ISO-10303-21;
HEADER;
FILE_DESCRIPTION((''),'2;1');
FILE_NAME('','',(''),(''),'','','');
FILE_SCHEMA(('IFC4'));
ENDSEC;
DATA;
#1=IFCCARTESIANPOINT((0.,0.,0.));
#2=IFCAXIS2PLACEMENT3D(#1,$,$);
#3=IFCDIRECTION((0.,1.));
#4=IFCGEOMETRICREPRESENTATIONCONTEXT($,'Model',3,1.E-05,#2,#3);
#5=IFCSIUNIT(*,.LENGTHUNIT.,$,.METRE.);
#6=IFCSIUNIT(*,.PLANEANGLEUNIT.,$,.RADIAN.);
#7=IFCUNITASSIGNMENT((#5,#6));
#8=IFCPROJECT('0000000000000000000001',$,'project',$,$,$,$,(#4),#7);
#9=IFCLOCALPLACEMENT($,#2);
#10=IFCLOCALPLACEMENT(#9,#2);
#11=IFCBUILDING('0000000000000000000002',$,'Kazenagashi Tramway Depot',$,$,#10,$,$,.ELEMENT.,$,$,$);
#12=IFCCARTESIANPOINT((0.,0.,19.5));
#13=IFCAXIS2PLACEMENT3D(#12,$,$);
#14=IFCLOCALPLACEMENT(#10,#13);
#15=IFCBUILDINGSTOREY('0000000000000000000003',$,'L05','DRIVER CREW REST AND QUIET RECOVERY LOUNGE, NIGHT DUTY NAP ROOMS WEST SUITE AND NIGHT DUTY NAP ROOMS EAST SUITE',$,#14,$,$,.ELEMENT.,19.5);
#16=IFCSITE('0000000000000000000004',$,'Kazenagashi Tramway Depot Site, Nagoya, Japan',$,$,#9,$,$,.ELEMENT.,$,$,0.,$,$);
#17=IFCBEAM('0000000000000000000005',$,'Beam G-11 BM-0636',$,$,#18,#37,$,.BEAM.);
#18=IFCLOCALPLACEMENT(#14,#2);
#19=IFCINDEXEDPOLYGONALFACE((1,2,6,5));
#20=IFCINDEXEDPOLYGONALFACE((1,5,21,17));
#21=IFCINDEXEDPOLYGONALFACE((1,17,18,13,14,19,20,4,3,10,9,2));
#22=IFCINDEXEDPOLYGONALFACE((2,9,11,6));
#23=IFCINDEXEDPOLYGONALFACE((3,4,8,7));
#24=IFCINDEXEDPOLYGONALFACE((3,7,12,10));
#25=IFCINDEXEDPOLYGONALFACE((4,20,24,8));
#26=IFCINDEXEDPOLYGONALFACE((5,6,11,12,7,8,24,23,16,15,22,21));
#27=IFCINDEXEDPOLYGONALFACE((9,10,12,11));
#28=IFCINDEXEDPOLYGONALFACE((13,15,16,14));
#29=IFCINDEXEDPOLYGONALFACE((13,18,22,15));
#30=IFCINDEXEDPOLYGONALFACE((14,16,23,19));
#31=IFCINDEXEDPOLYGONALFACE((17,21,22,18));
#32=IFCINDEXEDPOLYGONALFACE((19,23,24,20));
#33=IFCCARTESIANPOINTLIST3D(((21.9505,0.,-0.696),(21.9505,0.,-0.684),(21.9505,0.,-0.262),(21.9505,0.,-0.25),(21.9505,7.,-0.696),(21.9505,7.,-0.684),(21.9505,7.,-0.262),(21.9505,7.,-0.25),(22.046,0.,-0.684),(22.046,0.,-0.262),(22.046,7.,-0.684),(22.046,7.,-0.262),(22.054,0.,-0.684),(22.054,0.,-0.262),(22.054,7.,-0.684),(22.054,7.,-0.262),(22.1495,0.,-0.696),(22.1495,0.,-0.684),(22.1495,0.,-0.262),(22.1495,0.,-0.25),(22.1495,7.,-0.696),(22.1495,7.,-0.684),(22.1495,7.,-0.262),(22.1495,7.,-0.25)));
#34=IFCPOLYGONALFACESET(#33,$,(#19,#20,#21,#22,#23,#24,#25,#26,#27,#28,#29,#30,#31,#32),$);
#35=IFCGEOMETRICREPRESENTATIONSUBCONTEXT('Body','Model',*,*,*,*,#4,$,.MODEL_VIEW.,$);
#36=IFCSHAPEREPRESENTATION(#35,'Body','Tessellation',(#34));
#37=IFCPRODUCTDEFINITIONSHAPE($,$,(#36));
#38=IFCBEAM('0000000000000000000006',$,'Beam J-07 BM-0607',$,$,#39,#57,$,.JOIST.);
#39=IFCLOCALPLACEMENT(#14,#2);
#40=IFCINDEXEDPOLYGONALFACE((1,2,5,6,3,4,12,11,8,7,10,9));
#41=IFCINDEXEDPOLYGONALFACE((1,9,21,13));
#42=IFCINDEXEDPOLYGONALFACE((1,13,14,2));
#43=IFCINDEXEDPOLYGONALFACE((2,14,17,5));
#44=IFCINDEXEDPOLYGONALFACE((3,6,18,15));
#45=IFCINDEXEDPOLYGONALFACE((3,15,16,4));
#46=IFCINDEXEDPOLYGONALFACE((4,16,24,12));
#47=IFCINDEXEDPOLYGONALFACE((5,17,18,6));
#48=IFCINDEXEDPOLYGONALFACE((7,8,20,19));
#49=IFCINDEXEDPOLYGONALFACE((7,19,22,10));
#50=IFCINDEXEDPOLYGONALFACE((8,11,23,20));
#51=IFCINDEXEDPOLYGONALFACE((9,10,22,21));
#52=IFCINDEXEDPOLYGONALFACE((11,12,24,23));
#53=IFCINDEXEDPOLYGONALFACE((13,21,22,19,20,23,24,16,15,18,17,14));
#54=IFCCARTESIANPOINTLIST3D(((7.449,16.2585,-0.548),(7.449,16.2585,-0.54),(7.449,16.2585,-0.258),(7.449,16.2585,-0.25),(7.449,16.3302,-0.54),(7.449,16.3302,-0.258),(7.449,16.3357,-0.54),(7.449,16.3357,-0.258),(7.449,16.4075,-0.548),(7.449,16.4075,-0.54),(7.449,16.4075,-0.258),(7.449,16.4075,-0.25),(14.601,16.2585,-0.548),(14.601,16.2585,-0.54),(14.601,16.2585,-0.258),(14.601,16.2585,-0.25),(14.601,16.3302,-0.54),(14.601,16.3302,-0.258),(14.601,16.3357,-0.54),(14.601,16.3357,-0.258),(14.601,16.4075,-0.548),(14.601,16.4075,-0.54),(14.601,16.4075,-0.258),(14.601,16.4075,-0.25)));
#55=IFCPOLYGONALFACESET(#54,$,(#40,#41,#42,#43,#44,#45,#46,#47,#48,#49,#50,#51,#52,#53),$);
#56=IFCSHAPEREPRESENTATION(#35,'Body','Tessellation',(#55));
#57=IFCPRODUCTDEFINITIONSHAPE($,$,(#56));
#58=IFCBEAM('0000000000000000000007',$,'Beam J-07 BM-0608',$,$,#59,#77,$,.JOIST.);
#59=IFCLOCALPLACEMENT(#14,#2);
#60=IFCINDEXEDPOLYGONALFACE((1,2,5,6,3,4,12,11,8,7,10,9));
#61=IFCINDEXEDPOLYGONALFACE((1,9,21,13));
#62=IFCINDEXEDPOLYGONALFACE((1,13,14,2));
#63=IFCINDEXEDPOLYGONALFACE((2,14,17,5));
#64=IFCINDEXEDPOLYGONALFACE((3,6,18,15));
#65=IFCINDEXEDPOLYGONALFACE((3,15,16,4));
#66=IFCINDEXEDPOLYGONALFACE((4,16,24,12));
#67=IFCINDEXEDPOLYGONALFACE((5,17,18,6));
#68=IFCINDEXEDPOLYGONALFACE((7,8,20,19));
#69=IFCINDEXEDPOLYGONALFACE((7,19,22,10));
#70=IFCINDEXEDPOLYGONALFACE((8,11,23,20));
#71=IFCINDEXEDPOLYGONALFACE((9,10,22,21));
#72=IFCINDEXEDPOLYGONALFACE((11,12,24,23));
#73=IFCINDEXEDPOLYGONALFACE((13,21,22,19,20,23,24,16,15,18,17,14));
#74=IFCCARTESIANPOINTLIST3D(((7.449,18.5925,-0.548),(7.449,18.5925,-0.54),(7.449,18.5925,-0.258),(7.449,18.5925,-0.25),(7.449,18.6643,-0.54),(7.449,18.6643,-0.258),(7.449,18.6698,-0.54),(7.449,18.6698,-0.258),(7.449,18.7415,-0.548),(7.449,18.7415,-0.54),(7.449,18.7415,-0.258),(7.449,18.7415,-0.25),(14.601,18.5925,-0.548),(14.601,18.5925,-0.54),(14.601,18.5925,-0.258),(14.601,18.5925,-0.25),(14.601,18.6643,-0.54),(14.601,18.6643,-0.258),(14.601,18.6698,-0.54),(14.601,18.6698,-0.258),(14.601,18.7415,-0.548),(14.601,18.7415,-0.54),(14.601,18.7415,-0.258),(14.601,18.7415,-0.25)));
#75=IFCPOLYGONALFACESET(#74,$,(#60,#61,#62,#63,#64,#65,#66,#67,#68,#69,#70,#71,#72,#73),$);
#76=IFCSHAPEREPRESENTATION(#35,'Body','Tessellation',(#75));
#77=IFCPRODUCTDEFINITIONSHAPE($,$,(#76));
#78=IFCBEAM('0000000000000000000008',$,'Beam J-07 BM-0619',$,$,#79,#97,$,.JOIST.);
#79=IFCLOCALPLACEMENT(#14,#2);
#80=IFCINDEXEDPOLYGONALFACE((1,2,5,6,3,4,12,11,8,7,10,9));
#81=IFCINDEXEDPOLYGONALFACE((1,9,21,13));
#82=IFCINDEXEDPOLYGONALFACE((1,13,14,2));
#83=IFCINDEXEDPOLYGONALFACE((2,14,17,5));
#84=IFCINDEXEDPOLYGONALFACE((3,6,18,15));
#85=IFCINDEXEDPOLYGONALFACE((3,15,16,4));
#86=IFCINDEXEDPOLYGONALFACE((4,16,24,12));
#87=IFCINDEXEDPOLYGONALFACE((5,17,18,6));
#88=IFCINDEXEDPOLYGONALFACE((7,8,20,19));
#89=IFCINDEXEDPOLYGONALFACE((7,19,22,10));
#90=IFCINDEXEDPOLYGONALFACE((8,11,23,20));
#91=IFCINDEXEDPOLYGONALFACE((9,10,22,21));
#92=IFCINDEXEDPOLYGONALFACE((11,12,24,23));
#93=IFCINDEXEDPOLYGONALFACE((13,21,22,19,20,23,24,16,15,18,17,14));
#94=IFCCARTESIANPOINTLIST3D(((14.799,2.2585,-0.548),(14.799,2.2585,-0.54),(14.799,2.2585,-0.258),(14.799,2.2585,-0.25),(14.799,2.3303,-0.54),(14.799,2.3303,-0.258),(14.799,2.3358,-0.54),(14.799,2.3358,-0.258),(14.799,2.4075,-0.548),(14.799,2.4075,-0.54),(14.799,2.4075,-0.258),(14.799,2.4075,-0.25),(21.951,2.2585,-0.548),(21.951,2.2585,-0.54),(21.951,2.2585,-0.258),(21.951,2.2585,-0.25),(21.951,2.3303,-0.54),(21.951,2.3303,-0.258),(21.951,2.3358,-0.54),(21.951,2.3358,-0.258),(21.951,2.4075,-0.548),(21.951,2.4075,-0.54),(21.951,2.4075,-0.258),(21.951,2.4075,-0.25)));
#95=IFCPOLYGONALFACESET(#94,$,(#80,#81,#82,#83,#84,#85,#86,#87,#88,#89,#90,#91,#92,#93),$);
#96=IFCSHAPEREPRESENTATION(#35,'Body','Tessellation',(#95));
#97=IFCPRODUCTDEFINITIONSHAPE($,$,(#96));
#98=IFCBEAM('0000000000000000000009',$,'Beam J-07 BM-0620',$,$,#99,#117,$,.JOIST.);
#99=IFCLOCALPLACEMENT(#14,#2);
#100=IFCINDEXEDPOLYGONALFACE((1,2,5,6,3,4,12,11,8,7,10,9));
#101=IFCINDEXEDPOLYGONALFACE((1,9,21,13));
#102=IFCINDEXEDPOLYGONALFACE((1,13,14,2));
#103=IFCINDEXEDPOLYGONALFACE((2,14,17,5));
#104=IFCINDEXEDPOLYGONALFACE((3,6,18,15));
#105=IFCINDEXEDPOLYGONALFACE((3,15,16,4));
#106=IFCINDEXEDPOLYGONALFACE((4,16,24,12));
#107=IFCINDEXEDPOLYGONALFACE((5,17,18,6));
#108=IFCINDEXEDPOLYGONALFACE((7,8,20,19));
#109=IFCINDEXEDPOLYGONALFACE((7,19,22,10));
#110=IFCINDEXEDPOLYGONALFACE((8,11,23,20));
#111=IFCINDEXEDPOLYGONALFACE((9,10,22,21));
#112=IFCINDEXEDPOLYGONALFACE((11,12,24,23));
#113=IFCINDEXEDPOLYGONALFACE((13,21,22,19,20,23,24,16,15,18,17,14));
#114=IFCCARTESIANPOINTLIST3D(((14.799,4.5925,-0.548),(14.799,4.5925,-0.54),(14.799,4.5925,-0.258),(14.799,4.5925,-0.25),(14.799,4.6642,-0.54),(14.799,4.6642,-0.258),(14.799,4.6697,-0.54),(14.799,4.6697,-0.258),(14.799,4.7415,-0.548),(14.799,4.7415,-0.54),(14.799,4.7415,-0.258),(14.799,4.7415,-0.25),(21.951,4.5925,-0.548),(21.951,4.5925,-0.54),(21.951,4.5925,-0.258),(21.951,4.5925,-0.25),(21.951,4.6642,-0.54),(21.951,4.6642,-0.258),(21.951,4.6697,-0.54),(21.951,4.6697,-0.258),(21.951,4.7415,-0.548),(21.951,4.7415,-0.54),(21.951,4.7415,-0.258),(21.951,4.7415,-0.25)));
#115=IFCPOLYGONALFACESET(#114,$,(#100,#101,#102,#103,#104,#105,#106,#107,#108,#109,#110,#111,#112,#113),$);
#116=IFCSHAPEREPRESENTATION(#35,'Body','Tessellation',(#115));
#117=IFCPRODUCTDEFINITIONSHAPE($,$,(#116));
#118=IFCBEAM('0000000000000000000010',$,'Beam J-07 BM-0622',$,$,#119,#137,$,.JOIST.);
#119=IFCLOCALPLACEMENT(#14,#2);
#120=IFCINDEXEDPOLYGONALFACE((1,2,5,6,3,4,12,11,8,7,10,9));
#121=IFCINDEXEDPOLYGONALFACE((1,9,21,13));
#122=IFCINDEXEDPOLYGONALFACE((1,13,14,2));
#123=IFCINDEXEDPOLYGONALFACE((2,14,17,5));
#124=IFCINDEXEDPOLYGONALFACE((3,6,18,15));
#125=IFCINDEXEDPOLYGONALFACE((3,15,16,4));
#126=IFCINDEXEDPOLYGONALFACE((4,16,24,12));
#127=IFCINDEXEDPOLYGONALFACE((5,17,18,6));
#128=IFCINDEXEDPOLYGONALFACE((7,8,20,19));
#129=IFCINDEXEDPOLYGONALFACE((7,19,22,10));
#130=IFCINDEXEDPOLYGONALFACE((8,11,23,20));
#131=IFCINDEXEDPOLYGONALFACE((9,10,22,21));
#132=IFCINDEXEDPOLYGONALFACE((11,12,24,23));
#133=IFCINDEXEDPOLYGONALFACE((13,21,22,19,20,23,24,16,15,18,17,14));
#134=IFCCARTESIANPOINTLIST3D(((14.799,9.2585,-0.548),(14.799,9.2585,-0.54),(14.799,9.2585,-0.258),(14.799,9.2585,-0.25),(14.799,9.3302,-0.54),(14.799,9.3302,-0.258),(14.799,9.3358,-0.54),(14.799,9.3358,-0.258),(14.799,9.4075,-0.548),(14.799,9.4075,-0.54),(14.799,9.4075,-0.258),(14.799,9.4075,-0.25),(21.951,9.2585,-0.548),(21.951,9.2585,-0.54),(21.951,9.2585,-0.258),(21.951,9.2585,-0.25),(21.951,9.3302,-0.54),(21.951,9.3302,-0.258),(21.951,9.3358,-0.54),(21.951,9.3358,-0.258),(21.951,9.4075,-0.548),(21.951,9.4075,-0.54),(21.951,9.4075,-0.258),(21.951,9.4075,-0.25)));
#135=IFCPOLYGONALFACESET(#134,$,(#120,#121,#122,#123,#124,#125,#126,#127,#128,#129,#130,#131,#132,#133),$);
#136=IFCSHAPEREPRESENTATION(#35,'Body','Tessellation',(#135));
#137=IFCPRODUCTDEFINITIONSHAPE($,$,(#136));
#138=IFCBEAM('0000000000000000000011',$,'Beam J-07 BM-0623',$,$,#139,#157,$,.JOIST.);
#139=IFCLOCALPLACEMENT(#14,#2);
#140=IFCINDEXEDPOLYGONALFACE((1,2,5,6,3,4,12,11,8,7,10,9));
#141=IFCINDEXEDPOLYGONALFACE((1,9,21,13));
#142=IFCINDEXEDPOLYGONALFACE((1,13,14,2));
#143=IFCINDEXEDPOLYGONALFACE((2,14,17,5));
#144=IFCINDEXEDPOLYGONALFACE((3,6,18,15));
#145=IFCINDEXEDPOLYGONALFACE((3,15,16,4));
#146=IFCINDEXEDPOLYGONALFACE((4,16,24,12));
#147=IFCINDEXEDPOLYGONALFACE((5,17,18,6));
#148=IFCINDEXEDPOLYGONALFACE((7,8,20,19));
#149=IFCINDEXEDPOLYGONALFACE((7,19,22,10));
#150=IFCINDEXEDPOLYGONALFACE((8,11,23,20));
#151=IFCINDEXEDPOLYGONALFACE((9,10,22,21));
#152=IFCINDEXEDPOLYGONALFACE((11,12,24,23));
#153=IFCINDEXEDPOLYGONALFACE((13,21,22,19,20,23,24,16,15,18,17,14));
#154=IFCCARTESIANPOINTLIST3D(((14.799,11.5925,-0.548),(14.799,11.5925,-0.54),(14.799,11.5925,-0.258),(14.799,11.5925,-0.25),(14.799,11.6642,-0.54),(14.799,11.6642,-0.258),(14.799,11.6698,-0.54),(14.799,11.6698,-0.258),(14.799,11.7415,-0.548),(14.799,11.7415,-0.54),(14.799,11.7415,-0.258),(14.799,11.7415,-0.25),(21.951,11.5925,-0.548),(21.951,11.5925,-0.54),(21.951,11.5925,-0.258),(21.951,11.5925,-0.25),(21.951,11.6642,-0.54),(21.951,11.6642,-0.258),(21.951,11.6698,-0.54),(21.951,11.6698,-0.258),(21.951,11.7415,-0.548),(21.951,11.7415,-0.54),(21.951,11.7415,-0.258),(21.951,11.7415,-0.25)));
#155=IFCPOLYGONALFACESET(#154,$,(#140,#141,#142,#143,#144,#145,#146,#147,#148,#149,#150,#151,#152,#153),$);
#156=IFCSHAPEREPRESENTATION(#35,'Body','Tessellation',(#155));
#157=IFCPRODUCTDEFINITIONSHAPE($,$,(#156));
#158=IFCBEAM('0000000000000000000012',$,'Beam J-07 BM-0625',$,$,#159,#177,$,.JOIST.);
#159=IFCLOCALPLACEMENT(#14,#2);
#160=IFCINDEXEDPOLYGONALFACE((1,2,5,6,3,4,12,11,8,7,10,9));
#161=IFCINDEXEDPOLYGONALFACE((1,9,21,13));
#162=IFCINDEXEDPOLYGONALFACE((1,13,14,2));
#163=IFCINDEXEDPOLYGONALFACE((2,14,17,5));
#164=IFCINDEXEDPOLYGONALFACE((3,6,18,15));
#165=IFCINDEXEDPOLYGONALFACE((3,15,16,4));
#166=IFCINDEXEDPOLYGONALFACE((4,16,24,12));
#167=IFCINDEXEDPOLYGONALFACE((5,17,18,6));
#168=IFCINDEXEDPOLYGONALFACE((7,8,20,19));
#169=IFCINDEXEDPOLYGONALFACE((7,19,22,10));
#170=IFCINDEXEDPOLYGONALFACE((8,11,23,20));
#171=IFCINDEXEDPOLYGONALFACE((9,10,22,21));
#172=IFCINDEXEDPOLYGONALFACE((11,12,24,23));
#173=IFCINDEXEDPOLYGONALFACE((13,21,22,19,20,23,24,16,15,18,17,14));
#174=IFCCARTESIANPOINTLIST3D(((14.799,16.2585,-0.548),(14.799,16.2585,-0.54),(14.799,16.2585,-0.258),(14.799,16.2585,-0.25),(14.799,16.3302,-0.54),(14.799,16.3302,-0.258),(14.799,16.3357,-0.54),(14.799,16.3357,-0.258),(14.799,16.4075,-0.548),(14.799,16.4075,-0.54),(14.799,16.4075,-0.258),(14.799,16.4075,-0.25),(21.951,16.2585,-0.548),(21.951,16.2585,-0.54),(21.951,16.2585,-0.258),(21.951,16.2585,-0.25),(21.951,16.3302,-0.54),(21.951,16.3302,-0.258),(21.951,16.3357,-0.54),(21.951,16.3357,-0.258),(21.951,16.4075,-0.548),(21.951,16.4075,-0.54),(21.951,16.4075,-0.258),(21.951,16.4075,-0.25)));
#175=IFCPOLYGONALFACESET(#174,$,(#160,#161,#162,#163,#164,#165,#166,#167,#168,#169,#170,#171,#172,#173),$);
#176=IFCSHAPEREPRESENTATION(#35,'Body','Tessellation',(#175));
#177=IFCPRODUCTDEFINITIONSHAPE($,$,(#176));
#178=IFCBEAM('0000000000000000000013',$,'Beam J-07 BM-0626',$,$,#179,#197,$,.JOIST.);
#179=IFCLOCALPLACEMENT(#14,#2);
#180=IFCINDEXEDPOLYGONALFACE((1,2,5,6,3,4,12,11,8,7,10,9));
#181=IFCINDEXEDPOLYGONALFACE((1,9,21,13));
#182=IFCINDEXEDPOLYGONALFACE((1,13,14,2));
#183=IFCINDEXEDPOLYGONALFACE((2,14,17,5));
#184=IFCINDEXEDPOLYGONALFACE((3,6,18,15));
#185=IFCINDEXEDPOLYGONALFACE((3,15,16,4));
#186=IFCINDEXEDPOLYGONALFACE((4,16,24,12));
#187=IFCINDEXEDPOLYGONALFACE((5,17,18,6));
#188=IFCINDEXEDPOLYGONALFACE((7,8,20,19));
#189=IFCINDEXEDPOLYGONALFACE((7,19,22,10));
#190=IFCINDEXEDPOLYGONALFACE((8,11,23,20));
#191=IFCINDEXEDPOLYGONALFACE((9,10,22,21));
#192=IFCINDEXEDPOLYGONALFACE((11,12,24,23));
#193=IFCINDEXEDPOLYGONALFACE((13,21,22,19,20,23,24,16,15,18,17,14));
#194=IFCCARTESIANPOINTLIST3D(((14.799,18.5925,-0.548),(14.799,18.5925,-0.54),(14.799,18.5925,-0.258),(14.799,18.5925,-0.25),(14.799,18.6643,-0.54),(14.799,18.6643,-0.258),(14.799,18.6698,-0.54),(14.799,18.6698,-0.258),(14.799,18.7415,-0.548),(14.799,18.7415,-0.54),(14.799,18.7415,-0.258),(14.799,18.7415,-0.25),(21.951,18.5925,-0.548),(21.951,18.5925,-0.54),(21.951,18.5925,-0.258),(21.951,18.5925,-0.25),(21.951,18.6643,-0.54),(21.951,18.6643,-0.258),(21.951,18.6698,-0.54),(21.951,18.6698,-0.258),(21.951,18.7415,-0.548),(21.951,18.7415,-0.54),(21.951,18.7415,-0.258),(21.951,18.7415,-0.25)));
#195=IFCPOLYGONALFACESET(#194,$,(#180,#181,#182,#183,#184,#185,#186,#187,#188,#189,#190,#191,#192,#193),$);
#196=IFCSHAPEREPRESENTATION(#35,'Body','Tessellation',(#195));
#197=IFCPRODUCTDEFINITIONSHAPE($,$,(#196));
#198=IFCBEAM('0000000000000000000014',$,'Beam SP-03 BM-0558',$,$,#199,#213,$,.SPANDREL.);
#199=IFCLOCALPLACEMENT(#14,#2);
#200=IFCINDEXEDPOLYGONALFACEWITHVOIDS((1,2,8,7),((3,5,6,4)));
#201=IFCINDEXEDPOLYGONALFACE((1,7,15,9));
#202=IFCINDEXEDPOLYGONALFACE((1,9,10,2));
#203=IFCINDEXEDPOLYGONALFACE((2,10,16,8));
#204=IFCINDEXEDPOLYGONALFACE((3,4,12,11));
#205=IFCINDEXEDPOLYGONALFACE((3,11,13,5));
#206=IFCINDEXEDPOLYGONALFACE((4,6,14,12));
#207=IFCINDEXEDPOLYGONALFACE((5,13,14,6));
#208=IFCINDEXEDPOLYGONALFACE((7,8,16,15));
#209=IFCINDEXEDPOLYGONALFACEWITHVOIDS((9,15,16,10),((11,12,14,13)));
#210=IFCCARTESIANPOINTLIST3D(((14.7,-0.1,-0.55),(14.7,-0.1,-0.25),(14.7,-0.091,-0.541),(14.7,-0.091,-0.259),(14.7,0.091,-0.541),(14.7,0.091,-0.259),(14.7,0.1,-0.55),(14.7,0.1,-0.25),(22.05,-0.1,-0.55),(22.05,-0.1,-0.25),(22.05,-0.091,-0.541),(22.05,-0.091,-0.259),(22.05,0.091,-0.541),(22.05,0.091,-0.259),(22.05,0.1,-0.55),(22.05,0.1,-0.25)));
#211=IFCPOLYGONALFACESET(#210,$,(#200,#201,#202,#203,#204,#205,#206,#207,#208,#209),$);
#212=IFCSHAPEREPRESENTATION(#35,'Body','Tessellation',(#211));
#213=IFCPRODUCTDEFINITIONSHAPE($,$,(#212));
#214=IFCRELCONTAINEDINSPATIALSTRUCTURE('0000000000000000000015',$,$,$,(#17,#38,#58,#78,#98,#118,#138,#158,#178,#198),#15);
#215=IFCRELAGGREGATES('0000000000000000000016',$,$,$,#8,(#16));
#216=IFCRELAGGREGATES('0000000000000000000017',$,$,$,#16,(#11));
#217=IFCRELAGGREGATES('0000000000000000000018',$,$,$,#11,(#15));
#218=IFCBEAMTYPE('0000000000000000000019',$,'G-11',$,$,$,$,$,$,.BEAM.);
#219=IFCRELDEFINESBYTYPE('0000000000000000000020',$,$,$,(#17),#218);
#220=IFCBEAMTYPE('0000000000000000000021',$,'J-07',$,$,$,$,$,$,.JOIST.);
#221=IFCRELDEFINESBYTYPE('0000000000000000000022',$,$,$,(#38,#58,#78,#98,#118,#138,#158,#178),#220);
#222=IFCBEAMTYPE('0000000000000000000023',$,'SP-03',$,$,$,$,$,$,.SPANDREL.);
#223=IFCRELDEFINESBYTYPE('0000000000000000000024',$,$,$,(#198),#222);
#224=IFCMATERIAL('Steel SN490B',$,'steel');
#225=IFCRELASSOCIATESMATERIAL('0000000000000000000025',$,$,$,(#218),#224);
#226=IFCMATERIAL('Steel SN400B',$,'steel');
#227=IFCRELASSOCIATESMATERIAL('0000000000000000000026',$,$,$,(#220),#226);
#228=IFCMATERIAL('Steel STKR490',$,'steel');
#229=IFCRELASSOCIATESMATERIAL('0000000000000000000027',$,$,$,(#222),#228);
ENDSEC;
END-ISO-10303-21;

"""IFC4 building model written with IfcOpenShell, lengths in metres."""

from ifc_helpers import new_model, si_unit, direction, frame, origin, origin_2d, place, context, subcontext, project, spatial, hollow_rectangle, i_section, extrude, material, material_profile, profile_set, type_object, element, save


model = new_model("IFC4")

# Units and contexts
model_context = context("Model", 3, precision=1e-05, world=origin(), true_north=direction((0.0, 1.0)))
body_context = subcontext(model_context, "Body", "Model", "MODEL_VIEW")
ifc_project = project(units=[si_unit("LENGTHUNIT", "METRE"), si_unit("PLANEANGLEUNIT", "RADIAN")], contexts=[model_context])

# Site, building, storey
site_placement = place(None, origin())
site = spatial("IfcSite", under=ifc_project, at=site_placement, Name="Kazenagashi Tramway Depot Site, Nagoya, Japan", CompositionType="ELEMENT", RefElevation=0.0)
building_placement = place(site_placement, origin())
building = spatial("IfcBuilding", under=site, at=building_placement, Name="Kazenagashi Tramway Depot", CompositionType="ELEMENT")
storey_placement = place(building_placement, frame((0.0, 0.0, 19.5)))
storey = spatial("IfcBuildingStorey", under=building, at=storey_placement, Name="L05", Description="DRIVER CREW REST AND QUIET RECOVERY LOUNGE, NIGHT DUTY NAP ROOMS WEST SUITE AND NIGHT DUTY NAP ROOMS EAST SUITE", CompositionType="ELEMENT", Elevation=19.5)

# Shared definitions
ifc_material_1 = material(Name="Steel SN400B", Category="steel")

# Beams
ifc_material_2 = material(Name="Steel SN490B", Category="steel")
ifc_material_profile_1 = material_profile(ifc_material_2, i_section(OverallWidth=0.199, OverallDepth=0.446, WebThickness=0.008, FlangeThickness=0.012, at=origin_2d()), Name="H-446x199x8x12")
ifc_profile_set_1 = profile_set([ifc_material_profile_1], Name="Steel SN490B")
beam_type_1 = type_object("IfcBeamType", Name="G-11", PredefinedType="BEAM", material=ifc_profile_set_1)
for number, where, z_axis, x_axis, name in (
    (1, (22.05, 0.0, -0.473), (0.0, 1.0, 0.0), (-1.0, 0.0, 0.0), "Beam G-11 BM-0636"),
):
    element("IfcBeam", number, at=place(storey_placement, frame(where, z_axis=z_axis, x_axis=x_axis)), inside=storey, type_object=beam_type_1, Name=name, PredefinedType="BEAM", context=body_context, shape_type="SweptSolid", body=[
        extrude(i_section(OverallWidth=0.199, OverallDepth=0.446, WebThickness=0.008, FlangeThickness=0.012, at=origin_2d()), origin(), (0.0, 0.0, 1.0), 7.0),
    ])
ifc_material_profile_2 = material_profile(ifc_material_1, i_section(OverallWidth=0.149, OverallDepth=0.298, WebThickness=0.0055, FlangeThickness=0.008, at=origin_2d()), Name="H-298x149x5.5x8")
ifc_profile_set_2 = profile_set([ifc_material_profile_2], Name="Steel SN400B")
beam_type_2 = type_object("IfcBeamType", Name="J-07", PredefinedType="JOIST", material=ifc_profile_set_2)
for number, where, z_axis, x_axis, name in (
    (2, (7.449, 16.333, -0.399), (1.0, 0.0, 0.0), (0.0, 1.0, 0.0), "Beam J-07 BM-0607"),
    (3, (7.449, 18.667, -0.399), (1.0, 0.0, 0.0), (0.0, 1.0, 0.0), "Beam J-07 BM-0608"),
    (4, (14.799, 2.333, -0.399), (1.0, 0.0, 0.0), (0.0, 1.0, 0.0), "Beam J-07 BM-0619"),
    (5, (14.799, 4.667, -0.399), (1.0, 0.0, 0.0), (0.0, 1.0, 0.0), "Beam J-07 BM-0620"),
    (6, (14.799, 9.333, -0.399), (1.0, 0.0, 0.0), (0.0, 1.0, 0.0), "Beam J-07 BM-0622"),
    (7, (14.799, 11.667, -0.399), (1.0, 0.0, 0.0), (0.0, 1.0, 0.0), "Beam J-07 BM-0623"),
    (8, (14.799, 16.333, -0.399), (1.0, 0.0, 0.0), (0.0, 1.0, 0.0), "Beam J-07 BM-0625"),
    (9, (14.799, 18.667, -0.399), (1.0, 0.0, 0.0), (0.0, 1.0, 0.0), "Beam J-07 BM-0626"),
):
    element("IfcBeam", number, at=place(storey_placement, frame(where, z_axis=z_axis, x_axis=x_axis)), inside=storey, type_object=beam_type_2, Name=name, PredefinedType="JOIST", context=body_context, shape_type="SweptSolid", body=[
        extrude(i_section(OverallWidth=0.149, OverallDepth=0.298, WebThickness=0.0055, FlangeThickness=0.008, at=origin_2d()), origin(), (0.0, 0.0, 1.0), 7.152),
    ])
ifc_material_3 = material(Name="Steel STKR490", Category="steel")
ifc_material_profile_3 = material_profile(ifc_material_3, hollow_rectangle(XDim=0.2, YDim=0.3, WallThickness=0.009, at=origin_2d()), Name="RHS-300x200x9")
ifc_profile_set_3 = profile_set([ifc_material_profile_3], Name="Steel STKR490")
beam_type_3 = type_object("IfcBeamType", Name="SP-03", PredefinedType="SPANDREL", material=ifc_profile_set_3)
for number, where, z_axis, x_axis, name in (
    (10, (14.7, 0.0, -0.4), (1.0, 0.0, 0.0), (0.0, 1.0, 0.0), "Beam SP-03 BM-0558"),
):
    element("IfcBeam", number, at=place(storey_placement, frame(where, z_axis=z_axis, x_axis=x_axis)), inside=storey, type_object=beam_type_3, Name=name, PredefinedType="SPANDREL", context=body_context, shape_type="SweptSolid", body=[
        extrude(hollow_rectangle(XDim=0.2, YDim=0.3, WallThickness=0.009, at=origin_2d()), origin(), (0.0, 0.0, 1.0), 7.35),
    ])

save(model, "model.ifc")
